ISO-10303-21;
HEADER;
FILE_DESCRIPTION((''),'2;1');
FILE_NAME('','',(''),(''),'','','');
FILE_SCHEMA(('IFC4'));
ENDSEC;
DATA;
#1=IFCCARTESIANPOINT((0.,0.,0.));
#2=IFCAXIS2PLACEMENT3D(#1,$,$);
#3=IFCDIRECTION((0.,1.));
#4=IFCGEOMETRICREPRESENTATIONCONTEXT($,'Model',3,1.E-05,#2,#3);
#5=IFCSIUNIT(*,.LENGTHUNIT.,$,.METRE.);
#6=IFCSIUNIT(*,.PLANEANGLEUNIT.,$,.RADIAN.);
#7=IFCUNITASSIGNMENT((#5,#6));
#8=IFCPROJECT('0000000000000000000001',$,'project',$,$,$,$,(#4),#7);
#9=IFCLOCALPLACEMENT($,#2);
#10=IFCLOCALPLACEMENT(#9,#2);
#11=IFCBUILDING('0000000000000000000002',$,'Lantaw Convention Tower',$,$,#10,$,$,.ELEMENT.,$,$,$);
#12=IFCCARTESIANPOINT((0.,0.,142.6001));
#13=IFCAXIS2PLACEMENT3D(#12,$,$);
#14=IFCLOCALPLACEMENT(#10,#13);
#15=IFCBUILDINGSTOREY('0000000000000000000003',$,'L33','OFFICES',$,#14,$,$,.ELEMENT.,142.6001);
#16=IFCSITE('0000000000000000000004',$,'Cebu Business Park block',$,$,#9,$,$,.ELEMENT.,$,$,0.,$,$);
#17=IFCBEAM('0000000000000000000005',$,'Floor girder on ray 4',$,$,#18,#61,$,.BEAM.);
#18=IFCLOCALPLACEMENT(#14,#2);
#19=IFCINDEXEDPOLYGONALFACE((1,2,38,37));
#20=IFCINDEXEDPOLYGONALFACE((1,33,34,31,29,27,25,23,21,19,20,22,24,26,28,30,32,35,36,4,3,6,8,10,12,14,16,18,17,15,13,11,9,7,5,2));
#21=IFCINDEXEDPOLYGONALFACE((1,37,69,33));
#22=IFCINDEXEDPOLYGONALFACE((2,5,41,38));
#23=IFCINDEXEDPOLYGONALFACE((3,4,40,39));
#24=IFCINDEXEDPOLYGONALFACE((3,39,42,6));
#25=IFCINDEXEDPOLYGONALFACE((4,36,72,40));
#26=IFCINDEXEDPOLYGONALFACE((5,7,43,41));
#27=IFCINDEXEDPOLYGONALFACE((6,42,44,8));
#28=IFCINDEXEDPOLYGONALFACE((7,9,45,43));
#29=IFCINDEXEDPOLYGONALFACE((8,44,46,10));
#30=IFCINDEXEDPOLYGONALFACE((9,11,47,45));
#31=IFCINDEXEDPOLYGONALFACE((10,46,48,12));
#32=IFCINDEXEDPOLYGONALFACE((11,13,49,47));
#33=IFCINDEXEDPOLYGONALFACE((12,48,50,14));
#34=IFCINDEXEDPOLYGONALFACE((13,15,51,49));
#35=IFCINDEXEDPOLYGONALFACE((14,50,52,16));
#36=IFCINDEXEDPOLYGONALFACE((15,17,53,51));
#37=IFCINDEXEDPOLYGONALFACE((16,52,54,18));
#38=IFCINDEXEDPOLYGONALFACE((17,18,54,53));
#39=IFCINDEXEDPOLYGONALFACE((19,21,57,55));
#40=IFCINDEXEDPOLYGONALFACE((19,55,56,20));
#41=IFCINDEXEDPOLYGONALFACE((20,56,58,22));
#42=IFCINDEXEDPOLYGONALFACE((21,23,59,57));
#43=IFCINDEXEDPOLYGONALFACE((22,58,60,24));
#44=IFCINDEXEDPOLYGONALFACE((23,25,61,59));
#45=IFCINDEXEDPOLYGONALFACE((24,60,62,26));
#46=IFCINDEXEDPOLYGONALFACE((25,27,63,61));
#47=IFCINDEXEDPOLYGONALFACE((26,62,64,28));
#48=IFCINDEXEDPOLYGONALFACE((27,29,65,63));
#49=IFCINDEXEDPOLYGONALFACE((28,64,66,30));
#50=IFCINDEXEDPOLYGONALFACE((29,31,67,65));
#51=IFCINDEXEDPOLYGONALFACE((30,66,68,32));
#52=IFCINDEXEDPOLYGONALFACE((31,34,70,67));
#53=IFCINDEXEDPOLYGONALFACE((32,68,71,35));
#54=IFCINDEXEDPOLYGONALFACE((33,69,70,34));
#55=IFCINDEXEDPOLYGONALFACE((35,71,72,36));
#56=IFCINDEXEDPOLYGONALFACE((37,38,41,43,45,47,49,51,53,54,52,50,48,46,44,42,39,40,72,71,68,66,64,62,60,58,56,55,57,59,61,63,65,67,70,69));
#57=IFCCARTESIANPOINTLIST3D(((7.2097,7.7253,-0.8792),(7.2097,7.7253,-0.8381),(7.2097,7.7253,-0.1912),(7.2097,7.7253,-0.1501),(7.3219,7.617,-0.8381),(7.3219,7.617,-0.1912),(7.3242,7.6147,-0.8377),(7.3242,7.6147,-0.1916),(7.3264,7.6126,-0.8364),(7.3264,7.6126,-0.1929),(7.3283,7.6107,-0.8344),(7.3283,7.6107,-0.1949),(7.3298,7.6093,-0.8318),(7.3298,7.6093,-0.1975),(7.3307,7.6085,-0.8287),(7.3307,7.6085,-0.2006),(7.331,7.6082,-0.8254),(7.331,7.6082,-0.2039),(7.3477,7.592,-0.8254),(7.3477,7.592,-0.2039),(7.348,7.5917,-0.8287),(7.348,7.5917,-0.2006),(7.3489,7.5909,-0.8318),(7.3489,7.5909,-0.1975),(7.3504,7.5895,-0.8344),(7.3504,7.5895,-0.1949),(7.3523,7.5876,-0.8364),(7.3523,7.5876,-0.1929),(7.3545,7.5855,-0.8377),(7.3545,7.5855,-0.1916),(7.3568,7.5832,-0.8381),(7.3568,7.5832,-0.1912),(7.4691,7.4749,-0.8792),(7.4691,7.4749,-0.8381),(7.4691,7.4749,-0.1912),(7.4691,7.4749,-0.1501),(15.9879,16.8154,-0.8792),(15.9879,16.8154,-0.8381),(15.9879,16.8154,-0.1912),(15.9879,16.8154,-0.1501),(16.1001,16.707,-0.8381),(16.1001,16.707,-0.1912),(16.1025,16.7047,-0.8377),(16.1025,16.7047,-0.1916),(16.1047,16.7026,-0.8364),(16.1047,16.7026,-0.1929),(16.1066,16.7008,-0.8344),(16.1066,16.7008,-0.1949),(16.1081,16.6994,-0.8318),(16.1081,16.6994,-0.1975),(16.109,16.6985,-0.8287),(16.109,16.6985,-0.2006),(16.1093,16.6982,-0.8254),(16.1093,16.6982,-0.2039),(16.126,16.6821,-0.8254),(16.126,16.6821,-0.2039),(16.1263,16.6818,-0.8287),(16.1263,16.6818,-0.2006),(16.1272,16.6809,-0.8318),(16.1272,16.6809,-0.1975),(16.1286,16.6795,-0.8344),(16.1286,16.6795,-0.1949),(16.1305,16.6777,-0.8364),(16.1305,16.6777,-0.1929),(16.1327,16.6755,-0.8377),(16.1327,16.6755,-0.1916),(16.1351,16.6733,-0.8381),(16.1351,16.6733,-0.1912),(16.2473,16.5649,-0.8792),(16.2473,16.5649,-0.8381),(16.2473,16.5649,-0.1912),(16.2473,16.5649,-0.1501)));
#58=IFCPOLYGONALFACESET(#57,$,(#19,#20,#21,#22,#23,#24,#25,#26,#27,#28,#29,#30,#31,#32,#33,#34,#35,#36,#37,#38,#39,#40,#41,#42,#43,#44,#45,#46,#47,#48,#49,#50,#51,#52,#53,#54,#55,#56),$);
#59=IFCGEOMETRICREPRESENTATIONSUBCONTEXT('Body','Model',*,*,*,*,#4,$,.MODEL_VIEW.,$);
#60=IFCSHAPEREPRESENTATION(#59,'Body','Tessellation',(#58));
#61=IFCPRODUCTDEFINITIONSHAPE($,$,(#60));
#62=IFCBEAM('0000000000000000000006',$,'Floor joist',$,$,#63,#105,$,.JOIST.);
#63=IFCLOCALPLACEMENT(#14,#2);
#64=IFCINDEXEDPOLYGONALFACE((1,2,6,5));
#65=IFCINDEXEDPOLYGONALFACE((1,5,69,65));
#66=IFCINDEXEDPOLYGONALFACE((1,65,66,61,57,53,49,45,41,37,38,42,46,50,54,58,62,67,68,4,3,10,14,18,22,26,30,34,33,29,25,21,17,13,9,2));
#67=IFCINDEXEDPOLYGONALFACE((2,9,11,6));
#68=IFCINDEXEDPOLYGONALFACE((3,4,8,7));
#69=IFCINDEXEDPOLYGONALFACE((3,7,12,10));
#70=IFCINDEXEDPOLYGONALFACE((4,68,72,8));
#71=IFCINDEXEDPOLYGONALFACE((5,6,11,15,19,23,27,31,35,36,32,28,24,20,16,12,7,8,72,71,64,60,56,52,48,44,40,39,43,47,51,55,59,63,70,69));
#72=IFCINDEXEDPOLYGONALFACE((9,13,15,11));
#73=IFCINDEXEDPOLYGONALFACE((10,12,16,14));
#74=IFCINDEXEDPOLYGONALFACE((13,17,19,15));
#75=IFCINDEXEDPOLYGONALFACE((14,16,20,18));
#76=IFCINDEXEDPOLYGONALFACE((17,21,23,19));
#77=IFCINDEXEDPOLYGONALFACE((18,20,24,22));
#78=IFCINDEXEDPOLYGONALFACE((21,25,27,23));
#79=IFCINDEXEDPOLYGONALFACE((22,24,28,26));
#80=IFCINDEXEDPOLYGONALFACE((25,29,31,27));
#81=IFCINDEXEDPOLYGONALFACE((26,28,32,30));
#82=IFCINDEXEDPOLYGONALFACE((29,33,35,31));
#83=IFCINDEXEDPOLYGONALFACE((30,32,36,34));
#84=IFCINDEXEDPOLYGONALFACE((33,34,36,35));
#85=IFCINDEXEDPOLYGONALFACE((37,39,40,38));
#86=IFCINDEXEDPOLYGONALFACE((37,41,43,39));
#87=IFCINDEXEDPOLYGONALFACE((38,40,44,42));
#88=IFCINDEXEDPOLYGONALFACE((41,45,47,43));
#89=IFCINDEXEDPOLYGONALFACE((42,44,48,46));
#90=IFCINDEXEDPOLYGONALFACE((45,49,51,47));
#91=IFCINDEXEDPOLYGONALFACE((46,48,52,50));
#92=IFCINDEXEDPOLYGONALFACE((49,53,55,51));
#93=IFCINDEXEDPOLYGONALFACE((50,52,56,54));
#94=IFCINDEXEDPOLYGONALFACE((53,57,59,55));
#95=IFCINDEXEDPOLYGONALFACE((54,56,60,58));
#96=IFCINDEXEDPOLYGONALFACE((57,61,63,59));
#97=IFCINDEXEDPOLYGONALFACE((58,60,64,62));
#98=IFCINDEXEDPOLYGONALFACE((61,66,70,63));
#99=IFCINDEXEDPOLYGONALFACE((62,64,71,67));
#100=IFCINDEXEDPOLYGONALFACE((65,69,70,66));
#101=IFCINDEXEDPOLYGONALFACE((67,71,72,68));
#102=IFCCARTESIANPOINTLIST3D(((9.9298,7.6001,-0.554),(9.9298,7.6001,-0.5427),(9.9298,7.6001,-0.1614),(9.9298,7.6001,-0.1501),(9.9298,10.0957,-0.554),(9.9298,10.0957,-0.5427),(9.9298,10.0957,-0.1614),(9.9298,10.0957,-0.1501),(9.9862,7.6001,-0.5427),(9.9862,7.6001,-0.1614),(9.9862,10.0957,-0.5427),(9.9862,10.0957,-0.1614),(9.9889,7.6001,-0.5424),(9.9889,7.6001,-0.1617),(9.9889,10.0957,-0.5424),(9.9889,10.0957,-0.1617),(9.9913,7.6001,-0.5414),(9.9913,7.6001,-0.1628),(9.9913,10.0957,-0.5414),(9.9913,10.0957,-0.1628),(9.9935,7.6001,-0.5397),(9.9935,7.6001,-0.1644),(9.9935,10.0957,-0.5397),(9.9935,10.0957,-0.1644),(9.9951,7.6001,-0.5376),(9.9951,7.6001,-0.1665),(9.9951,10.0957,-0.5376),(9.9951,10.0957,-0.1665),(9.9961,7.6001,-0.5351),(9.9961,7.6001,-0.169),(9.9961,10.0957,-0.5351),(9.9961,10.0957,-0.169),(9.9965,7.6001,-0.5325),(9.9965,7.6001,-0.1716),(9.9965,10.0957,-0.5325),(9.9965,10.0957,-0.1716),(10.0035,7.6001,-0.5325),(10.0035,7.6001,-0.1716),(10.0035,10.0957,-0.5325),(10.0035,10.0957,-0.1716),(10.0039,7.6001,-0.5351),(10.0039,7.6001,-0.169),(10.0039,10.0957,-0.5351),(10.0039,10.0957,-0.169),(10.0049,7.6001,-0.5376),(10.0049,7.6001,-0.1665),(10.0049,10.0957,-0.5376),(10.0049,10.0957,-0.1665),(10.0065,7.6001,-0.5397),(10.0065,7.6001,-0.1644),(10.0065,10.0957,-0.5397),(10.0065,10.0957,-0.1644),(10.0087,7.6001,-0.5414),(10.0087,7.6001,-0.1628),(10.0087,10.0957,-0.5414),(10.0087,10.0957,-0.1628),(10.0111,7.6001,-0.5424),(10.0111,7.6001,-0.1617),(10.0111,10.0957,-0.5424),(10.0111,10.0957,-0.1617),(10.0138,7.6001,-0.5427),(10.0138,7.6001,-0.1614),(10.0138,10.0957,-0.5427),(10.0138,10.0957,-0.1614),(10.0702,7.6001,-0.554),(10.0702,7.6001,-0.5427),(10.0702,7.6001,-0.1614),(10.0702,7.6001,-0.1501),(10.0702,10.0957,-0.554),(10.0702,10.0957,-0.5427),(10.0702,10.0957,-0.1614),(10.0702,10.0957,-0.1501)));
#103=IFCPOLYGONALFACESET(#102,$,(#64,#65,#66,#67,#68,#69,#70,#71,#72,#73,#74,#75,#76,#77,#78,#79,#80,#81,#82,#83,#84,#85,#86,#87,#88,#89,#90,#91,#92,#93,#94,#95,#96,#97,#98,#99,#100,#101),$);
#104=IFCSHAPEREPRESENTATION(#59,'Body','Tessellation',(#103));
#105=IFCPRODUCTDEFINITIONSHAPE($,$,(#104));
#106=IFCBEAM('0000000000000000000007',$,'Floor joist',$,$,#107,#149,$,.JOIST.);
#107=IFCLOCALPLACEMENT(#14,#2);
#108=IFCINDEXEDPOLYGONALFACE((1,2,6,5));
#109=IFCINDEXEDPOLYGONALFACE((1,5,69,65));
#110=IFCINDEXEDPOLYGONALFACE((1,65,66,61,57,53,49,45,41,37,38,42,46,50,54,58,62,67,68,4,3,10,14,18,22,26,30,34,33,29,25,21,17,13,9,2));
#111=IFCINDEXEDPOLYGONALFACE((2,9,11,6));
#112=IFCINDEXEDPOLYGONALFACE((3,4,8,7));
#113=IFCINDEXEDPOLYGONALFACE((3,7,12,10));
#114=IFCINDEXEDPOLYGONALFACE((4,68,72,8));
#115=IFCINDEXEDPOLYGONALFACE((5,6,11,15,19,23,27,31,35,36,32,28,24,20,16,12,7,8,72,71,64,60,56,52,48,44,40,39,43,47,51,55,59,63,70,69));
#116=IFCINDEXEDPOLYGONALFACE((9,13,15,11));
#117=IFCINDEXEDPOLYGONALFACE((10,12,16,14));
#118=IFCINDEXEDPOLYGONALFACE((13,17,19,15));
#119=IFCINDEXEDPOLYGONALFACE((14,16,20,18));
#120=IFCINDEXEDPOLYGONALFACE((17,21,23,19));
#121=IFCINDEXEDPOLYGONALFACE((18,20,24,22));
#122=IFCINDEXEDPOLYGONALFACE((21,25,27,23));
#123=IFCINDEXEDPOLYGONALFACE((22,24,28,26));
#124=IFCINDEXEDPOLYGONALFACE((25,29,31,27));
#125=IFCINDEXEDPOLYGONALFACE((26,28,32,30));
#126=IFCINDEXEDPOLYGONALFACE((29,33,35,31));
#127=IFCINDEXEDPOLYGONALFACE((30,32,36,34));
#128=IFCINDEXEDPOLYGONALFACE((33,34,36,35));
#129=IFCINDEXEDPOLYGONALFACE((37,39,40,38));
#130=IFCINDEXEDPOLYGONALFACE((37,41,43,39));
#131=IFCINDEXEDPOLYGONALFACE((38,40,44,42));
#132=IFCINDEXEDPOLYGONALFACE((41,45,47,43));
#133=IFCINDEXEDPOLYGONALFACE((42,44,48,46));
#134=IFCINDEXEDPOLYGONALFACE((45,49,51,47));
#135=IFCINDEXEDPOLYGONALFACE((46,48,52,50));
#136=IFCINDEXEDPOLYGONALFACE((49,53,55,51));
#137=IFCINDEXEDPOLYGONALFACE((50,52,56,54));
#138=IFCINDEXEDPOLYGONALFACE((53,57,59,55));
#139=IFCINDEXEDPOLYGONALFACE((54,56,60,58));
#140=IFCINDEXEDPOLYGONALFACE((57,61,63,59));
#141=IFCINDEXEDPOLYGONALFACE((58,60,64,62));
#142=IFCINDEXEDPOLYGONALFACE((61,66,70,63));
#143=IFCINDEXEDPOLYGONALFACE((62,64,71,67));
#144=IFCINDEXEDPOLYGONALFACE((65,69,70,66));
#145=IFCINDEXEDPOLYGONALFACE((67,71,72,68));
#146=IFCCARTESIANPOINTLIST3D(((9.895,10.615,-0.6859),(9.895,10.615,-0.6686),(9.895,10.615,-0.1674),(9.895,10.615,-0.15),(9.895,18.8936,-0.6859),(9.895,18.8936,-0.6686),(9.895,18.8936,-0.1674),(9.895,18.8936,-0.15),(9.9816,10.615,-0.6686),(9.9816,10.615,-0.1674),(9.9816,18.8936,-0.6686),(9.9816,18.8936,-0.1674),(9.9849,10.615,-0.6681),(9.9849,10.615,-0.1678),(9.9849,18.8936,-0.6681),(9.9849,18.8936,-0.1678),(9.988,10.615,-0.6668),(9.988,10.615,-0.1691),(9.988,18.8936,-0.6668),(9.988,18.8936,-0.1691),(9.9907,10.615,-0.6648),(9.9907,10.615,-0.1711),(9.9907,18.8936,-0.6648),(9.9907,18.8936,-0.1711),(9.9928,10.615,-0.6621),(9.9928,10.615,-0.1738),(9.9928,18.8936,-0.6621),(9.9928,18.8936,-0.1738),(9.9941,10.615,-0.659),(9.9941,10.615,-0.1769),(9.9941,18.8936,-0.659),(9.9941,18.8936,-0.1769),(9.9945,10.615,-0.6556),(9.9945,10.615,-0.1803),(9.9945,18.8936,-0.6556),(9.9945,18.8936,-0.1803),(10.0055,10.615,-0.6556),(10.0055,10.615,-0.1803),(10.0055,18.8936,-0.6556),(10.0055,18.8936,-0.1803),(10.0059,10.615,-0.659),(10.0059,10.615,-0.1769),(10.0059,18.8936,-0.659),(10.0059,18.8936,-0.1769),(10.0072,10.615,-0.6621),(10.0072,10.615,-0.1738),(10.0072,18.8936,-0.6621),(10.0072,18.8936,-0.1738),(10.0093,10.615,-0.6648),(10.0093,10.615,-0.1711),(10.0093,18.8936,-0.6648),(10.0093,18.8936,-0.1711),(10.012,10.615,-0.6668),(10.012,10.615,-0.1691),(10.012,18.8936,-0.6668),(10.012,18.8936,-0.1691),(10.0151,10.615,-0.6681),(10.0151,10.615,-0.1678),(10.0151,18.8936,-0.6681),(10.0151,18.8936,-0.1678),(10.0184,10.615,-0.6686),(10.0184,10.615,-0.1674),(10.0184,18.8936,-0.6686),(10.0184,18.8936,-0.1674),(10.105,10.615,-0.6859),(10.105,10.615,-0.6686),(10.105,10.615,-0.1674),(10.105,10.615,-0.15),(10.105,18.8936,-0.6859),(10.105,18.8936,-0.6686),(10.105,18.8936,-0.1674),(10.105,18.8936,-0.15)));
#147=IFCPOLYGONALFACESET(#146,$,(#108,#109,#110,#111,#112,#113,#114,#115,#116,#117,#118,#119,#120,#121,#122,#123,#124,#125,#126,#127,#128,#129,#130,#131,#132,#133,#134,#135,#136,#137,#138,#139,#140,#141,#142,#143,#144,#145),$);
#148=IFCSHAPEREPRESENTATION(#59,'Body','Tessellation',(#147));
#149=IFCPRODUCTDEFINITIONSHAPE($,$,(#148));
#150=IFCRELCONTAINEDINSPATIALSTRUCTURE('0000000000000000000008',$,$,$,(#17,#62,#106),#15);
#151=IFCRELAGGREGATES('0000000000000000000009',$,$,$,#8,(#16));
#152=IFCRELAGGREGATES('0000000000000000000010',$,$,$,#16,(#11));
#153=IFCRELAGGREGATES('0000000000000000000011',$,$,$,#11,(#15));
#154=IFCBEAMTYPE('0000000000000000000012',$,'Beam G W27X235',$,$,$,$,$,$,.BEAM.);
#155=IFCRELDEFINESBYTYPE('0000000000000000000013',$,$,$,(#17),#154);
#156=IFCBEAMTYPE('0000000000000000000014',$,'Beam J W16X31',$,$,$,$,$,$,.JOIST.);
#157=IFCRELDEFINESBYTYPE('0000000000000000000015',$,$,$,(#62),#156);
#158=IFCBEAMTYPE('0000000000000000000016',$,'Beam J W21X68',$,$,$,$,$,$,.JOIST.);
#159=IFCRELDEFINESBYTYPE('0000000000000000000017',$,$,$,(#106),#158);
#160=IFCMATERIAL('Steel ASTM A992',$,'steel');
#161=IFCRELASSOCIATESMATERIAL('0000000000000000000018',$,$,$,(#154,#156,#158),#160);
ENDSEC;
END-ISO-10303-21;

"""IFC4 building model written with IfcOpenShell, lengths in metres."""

from ifc_helpers import new_model, si_unit, direction, frame, origin, origin_2d, place, context, subcontext, project, spatial, i_section, extrude, material, material_profile, profile_set, type_object, element, save


model = new_model("IFC4")

# Units and contexts
model_context = context("Model", 3, precision=1e-05, world=origin(), true_north=direction((0.0, 1.0)))
body_context = subcontext(model_context, "Body", "Model", "MODEL_VIEW")
ifc_project = project(units=[si_unit("LENGTHUNIT", "METRE"), si_unit("PLANEANGLEUNIT", "RADIAN")], contexts=[model_context])

# Site, building, storey
site_placement = place(None, origin())
site = spatial("IfcSite", under=ifc_project, at=site_placement, Name="Cebu Business Park block", CompositionType="ELEMENT", RefElevation=0.0)
building_placement = place(site_placement, origin())
building = spatial("IfcBuilding", under=site, at=building_placement, Name="Lantaw Convention Tower", CompositionType="ELEMENT")
storey_placement = place(building_placement, frame((0.0, 0.0, 142.6001)))
storey = spatial("IfcBuildingStorey", under=building, at=storey_placement, Name="L33", Description="OFFICES", CompositionType="ELEMENT", Elevation=142.6001)

# Beams
ifc_material_1 = material(Name="Steel ASTM A992", Category="steel")
ifc_material_profile_1 = material_profile(ifc_material_1, i_section(OverallWidth=0.3606, OverallDepth=0.729, WebThickness=0.0232, FlangeThickness=0.041, FilletRadius=0.0127, at=origin_2d()), Name="W27X235")
ifc_profile_set_1 = profile_set([ifc_material_profile_1], Name="Steel ASTM A992")
beam_type_1 = type_object("IfcBeamType", Name="Beam G W27X235", PredefinedType="BEAM", material=ifc_profile_set_1)
beam_1_placement = place(storey_placement, frame((7.3394, 7.6001, -0.5146), z_axis=(0.694663, 0.719335, 0.0), x_axis=(-0.719335, 0.694663, 0.0)))
element("IfcBeam", 1, at=beam_1_placement, inside=storey, type_object=beam_type_1, Name="Floor girder on ray 4", PredefinedType="BEAM", context=body_context, shape_type="SweptSolid", body=[
    extrude(i_section(OverallWidth=0.3606, OverallDepth=0.729, WebThickness=0.0232, FlangeThickness=0.041, FilletRadius=0.0127, at=origin_2d()), origin(), (0.0, 0.0, 1.0), 12.6367),
])
ifc_material_profile_2 = material_profile(ifc_material_1, i_section(OverallWidth=0.1404, OverallDepth=0.4038, WebThickness=0.0071, FlangeThickness=0.0112, FilletRadius=0.0103, at=origin_2d()), Name="W16X31")
ifc_profile_set_2 = profile_set([ifc_material_profile_2], Name="Steel ASTM A992")
beam_type_2 = type_object("IfcBeamType", Name="Beam J W16X31", PredefinedType="JOIST", material=ifc_profile_set_2)
beam_2_placement = place(storey_placement, frame((10.0, 7.6001, -0.3521), z_axis=(0.0, 1.0, 0.0), x_axis=(-1.0, 0.0, 0.0)))
element("IfcBeam", 2, at=beam_2_placement, inside=storey, type_object=beam_type_2, Name="Floor joist", PredefinedType="JOIST", context=body_context, shape_type="SweptSolid", body=[
    extrude(i_section(OverallWidth=0.1404, OverallDepth=0.4038, WebThickness=0.0071, FlangeThickness=0.0112, FilletRadius=0.0103, at=origin_2d()), origin(), (0.0, 0.0, 1.0), 2.4956),
])
ifc_material_profile_3 = material_profile(ifc_material_1, i_section(OverallWidth=0.21, OverallDepth=0.5359, WebThickness=0.011, FlangeThickness=0.0173, FilletRadius=0.0129, at=origin_2d()), Name="W21X68")
ifc_profile_set_3 = profile_set([ifc_material_profile_3], Name="Steel ASTM A992")
beam_type_3 = type_object("IfcBeamType", Name="Beam J W21X68", PredefinedType="JOIST", material=ifc_profile_set_3)
beam_3_placement = place(storey_placement, frame((10.0, 10.615, -0.418), z_axis=(0.0, 1.0, 0.0), x_axis=(-1.0, 0.0, 0.0)))
element("IfcBeam", 3, at=beam_3_placement, inside=storey, type_object=beam_type_3, Name="Floor joist", PredefinedType="JOIST", context=body_context, shape_type="SweptSolid", body=[
    extrude(i_section(OverallWidth=0.21, OverallDepth=0.5359, WebThickness=0.011, FlangeThickness=0.0173, FilletRadius=0.0129, at=origin_2d()), origin(), (0.0, 0.0, 1.0), 8.2786),
])

save(model, "model.ifc")
